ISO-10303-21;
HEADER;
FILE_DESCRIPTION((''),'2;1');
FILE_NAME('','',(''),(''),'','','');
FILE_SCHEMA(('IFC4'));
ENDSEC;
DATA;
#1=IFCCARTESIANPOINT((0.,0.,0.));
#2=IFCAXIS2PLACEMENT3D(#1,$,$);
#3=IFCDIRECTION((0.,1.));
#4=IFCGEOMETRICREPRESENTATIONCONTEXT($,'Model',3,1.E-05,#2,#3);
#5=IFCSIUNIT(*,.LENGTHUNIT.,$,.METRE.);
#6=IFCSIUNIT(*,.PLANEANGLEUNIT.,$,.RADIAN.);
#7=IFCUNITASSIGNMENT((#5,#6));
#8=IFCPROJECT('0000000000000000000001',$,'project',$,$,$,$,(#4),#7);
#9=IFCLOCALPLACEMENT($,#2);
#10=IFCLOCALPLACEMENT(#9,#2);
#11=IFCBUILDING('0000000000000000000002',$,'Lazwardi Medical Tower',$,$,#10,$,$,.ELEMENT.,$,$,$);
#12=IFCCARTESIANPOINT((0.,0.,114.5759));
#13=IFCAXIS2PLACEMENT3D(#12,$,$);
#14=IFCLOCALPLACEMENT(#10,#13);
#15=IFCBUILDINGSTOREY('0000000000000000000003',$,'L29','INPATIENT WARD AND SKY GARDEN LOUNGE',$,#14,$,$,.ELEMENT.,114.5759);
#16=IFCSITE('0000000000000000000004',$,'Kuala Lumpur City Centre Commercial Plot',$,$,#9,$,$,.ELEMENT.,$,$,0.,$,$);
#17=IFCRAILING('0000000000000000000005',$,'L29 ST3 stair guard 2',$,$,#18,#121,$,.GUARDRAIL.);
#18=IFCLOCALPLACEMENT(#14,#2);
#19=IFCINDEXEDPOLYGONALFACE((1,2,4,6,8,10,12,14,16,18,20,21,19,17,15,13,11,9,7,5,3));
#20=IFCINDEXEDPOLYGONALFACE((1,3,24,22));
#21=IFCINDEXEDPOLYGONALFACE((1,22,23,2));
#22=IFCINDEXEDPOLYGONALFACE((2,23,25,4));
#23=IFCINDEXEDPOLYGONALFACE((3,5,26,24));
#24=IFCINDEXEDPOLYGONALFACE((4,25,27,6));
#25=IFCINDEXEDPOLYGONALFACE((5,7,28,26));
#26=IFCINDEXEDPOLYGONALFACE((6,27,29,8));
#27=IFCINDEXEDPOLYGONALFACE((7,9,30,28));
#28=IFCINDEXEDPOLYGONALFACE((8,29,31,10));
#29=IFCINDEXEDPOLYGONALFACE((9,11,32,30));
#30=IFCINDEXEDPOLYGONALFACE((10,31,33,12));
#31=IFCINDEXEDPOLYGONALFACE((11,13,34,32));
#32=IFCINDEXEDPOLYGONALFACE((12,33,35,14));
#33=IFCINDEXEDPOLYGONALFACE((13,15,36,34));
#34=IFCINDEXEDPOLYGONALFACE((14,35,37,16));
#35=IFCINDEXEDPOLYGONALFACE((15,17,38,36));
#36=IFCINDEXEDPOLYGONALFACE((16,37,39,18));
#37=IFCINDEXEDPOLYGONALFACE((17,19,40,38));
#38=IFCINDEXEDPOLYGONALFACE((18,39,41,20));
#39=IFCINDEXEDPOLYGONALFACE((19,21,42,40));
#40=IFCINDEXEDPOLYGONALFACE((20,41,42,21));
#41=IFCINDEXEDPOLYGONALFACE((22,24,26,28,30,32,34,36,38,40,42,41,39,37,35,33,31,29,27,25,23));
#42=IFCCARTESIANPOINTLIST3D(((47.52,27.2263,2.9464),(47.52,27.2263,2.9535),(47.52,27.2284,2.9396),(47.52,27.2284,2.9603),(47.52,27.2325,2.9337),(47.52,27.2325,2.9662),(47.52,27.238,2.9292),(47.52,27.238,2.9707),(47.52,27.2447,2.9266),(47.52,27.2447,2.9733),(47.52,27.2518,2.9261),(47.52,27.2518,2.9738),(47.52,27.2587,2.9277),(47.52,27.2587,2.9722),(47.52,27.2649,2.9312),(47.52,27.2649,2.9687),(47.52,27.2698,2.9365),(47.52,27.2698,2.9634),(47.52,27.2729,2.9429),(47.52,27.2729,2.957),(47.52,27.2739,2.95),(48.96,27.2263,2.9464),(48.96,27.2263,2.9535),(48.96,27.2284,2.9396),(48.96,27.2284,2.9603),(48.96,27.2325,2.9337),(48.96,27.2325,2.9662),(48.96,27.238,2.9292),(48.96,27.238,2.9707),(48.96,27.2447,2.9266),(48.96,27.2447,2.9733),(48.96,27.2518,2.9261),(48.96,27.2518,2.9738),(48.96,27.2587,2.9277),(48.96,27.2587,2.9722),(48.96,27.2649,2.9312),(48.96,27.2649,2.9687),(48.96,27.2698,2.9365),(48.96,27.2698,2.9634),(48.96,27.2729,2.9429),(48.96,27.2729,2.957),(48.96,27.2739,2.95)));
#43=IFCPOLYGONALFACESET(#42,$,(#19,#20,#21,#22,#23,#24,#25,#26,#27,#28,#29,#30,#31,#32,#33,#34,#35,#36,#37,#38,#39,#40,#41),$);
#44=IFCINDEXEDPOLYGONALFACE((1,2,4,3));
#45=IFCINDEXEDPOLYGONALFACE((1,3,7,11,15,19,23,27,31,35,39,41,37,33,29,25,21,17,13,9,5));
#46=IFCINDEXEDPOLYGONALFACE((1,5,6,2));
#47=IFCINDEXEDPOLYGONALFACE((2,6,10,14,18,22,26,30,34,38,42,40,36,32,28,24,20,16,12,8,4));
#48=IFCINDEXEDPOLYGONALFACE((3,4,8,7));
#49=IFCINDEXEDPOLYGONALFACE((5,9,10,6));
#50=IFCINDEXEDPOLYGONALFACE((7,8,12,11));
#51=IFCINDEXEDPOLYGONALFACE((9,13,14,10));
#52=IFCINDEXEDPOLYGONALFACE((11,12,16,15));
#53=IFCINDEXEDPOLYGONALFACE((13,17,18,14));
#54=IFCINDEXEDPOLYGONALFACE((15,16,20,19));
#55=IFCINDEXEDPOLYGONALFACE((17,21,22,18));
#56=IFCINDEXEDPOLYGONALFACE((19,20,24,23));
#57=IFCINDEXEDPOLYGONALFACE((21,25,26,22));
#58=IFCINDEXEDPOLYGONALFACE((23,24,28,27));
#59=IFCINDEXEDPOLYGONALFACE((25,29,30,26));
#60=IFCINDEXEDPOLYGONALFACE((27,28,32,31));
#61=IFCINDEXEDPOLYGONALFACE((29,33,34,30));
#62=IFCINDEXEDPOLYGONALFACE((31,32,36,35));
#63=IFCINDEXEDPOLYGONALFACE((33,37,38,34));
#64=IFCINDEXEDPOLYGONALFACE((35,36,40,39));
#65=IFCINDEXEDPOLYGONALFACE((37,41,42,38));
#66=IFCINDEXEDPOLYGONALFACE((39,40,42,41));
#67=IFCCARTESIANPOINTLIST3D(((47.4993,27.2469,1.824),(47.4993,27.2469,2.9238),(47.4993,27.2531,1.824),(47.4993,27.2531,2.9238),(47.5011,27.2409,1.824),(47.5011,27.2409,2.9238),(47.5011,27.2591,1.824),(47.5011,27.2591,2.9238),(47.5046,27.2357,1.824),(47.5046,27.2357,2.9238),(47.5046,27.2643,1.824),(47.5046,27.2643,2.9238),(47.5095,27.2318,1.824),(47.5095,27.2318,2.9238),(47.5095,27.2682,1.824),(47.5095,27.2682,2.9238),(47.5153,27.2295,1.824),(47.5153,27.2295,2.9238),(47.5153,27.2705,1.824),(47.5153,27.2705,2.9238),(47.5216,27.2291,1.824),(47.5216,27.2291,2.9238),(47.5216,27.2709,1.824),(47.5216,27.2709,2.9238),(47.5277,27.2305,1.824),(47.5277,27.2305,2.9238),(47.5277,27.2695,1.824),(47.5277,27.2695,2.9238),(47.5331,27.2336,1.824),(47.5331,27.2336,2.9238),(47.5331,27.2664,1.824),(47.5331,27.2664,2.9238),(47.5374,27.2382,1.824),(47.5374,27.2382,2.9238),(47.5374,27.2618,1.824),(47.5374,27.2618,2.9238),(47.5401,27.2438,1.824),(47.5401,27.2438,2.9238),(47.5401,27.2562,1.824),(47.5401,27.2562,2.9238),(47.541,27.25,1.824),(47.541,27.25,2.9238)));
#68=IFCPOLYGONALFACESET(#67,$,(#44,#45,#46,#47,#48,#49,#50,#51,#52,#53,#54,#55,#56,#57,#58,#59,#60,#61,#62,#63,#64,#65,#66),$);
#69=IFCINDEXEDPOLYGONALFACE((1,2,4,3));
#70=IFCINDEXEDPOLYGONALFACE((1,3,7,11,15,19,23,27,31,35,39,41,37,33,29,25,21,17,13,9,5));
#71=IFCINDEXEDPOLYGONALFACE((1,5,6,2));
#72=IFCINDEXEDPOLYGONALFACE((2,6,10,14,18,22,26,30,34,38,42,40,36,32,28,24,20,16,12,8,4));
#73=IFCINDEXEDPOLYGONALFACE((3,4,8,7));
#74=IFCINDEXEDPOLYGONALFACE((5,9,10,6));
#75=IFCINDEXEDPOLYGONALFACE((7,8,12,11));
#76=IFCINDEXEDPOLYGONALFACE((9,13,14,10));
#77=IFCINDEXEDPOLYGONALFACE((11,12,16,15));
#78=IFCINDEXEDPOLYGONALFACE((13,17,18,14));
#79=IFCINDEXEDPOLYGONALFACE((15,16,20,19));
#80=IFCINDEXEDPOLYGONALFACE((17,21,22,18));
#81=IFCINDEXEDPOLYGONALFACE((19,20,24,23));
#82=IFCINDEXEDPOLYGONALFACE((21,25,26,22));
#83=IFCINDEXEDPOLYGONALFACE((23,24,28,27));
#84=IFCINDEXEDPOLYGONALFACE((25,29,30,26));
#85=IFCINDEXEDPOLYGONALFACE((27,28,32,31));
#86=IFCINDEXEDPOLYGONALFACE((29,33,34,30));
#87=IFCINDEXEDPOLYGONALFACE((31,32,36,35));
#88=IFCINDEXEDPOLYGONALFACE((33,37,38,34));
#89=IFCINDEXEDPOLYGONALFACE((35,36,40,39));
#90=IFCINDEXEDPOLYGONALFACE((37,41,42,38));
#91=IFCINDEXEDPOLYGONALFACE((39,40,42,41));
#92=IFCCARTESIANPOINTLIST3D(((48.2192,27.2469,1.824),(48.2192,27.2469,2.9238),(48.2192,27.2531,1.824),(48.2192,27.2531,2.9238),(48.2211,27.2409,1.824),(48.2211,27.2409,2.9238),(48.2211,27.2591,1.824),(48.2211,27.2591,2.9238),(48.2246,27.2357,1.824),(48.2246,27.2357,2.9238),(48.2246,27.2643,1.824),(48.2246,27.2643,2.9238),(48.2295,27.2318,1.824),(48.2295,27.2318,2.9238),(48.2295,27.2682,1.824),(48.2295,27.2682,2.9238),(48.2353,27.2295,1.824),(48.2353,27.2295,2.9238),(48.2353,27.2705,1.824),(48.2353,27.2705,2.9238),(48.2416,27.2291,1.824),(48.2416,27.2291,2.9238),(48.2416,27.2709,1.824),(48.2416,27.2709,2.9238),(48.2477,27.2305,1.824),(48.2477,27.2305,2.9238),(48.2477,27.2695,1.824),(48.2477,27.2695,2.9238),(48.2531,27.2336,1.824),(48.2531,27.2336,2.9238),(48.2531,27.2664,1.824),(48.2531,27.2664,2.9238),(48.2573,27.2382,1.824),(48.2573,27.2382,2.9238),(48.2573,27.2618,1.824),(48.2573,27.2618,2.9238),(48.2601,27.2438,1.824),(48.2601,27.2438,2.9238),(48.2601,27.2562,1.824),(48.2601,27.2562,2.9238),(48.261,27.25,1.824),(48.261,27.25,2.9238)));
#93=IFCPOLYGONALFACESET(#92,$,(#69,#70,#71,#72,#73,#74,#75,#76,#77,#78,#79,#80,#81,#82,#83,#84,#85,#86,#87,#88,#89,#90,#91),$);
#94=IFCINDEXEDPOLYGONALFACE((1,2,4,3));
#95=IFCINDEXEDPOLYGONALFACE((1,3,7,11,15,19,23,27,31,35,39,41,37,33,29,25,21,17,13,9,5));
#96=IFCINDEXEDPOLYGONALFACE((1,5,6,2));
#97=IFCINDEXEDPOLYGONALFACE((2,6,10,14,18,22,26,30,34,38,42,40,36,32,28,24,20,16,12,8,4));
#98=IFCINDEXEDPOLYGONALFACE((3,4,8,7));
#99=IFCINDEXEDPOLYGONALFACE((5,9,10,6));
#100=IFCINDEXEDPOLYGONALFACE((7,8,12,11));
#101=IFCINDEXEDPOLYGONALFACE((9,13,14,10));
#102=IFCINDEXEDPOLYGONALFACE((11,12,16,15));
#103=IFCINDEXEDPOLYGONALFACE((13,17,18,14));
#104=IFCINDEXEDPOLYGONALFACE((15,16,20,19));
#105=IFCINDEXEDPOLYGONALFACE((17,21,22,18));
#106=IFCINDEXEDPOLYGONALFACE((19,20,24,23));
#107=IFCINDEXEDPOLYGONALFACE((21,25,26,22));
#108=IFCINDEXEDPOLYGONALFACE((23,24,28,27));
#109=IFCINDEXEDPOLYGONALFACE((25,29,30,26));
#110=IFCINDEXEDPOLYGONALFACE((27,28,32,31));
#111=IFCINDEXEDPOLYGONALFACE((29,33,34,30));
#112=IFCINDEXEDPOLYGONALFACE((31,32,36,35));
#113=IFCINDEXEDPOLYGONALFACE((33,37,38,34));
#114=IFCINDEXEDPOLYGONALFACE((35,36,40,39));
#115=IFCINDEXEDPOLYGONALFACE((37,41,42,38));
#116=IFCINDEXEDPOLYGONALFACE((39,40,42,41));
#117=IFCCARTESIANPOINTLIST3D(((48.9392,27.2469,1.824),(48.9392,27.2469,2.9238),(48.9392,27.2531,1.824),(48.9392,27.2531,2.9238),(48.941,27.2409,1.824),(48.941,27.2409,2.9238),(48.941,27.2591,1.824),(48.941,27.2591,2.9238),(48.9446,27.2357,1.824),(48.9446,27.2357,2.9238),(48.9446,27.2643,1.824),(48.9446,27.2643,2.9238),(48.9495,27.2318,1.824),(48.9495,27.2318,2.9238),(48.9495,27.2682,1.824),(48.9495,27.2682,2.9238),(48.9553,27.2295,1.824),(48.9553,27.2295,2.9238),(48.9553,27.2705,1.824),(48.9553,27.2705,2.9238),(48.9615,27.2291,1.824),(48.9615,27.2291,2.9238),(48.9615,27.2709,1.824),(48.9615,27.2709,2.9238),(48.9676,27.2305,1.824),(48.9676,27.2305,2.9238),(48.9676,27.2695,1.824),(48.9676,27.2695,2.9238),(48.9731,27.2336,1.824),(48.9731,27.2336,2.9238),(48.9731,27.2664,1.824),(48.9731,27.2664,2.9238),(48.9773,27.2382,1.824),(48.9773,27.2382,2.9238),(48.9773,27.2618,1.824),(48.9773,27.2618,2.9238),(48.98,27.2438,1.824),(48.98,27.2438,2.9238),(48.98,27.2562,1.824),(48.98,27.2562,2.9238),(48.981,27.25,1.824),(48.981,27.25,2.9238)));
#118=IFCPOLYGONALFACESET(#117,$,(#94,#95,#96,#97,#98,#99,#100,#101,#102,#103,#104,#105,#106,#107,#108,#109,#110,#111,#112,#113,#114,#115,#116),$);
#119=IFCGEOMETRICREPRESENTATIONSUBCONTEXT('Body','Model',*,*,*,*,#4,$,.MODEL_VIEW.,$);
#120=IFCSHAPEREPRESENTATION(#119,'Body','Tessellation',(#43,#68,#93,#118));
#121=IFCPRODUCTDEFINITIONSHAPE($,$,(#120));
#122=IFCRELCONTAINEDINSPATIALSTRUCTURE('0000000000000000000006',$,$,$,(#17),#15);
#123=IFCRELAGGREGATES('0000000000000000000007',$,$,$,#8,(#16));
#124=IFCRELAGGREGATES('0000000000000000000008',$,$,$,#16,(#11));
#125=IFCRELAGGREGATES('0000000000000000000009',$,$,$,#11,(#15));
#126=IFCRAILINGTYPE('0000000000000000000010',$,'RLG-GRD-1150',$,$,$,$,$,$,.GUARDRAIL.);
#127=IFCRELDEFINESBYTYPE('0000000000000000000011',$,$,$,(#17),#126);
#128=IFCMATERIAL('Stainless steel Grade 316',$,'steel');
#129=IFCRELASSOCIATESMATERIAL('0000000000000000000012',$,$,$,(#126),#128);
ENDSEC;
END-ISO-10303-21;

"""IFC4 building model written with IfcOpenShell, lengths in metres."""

from ifc_helpers import new_model, si_unit, direction, frame, origin, origin_2d, place, context, subcontext, project, spatial, circle, extrude, material, type_object, element, save


model = new_model("IFC4")

# Units and contexts
model_context = context("Model", 3, precision=1e-05, world=origin(), true_north=direction((0.0, 1.0)))
body_context = subcontext(model_context, "Body", "Model", "MODEL_VIEW")
ifc_project = project(units=[si_unit("LENGTHUNIT", "METRE"), si_unit("PLANEANGLEUNIT", "RADIAN")], contexts=[model_context])

# Site, building, storey
site_placement = place(None, origin())
site = spatial("IfcSite", under=ifc_project, at=site_placement, Name="Kuala Lumpur City Centre Commercial Plot", CompositionType="ELEMENT", RefElevation=0.0)
building_placement = place(site_placement, origin())
building = spatial("IfcBuilding", under=site, at=building_placement, Name="Lazwardi Medical Tower", CompositionType="ELEMENT")
storey_placement = place(building_placement, frame((0.0, 0.0, 114.5759)))
storey = spatial("IfcBuildingStorey", under=building, at=storey_placement, Name="L29", Description="INPATIENT WARD AND SKY GARDEN LOUNGE", CompositionType="ELEMENT", Elevation=114.5759)

# Railing
ifc_material_1 = material(Name="Stainless steel Grade 316", Category="steel")
railing_type_1 = type_object("IfcRailingType", Name="RLG-GRD-1150", PredefinedType="GUARDRAIL", material=ifc_material_1)
railing_1_placement = place(storey_placement, frame((47.52, 27.25, 1.824)))
element("IfcRailing", 1, at=railing_1_placement, inside=storey, type_object=railing_type_1, Name="L29 ST3 stair guard 2", PredefinedType="GUARDRAIL", context=body_context, shape_type="SweptSolid", body=[
    extrude(circle(Radius=0.0239, at=origin_2d()), frame((0.0, 0.0, 1.126), z_axis=(1.0, 0.0, 0.0), x_axis=(0.0, 1.0, 0.0)), (0.0, 0.0, 1.0), 1.4399),
    extrude(circle(Radius=0.021, at=origin_2d()), origin(), (0.0, 0.0, 1.0), 1.0999),
    extrude(circle(Radius=0.021, at=origin_2d()), frame((0.72, 0.0, 0.0)), (0.0, 0.0, 1.0), 1.0999),
    extrude(circle(Radius=0.021, at=origin_2d()), frame((1.4399, 0.0, 0.0)), (0.0, 0.0, 1.0), 1.0999),
])

save(model, "model.ifc")
